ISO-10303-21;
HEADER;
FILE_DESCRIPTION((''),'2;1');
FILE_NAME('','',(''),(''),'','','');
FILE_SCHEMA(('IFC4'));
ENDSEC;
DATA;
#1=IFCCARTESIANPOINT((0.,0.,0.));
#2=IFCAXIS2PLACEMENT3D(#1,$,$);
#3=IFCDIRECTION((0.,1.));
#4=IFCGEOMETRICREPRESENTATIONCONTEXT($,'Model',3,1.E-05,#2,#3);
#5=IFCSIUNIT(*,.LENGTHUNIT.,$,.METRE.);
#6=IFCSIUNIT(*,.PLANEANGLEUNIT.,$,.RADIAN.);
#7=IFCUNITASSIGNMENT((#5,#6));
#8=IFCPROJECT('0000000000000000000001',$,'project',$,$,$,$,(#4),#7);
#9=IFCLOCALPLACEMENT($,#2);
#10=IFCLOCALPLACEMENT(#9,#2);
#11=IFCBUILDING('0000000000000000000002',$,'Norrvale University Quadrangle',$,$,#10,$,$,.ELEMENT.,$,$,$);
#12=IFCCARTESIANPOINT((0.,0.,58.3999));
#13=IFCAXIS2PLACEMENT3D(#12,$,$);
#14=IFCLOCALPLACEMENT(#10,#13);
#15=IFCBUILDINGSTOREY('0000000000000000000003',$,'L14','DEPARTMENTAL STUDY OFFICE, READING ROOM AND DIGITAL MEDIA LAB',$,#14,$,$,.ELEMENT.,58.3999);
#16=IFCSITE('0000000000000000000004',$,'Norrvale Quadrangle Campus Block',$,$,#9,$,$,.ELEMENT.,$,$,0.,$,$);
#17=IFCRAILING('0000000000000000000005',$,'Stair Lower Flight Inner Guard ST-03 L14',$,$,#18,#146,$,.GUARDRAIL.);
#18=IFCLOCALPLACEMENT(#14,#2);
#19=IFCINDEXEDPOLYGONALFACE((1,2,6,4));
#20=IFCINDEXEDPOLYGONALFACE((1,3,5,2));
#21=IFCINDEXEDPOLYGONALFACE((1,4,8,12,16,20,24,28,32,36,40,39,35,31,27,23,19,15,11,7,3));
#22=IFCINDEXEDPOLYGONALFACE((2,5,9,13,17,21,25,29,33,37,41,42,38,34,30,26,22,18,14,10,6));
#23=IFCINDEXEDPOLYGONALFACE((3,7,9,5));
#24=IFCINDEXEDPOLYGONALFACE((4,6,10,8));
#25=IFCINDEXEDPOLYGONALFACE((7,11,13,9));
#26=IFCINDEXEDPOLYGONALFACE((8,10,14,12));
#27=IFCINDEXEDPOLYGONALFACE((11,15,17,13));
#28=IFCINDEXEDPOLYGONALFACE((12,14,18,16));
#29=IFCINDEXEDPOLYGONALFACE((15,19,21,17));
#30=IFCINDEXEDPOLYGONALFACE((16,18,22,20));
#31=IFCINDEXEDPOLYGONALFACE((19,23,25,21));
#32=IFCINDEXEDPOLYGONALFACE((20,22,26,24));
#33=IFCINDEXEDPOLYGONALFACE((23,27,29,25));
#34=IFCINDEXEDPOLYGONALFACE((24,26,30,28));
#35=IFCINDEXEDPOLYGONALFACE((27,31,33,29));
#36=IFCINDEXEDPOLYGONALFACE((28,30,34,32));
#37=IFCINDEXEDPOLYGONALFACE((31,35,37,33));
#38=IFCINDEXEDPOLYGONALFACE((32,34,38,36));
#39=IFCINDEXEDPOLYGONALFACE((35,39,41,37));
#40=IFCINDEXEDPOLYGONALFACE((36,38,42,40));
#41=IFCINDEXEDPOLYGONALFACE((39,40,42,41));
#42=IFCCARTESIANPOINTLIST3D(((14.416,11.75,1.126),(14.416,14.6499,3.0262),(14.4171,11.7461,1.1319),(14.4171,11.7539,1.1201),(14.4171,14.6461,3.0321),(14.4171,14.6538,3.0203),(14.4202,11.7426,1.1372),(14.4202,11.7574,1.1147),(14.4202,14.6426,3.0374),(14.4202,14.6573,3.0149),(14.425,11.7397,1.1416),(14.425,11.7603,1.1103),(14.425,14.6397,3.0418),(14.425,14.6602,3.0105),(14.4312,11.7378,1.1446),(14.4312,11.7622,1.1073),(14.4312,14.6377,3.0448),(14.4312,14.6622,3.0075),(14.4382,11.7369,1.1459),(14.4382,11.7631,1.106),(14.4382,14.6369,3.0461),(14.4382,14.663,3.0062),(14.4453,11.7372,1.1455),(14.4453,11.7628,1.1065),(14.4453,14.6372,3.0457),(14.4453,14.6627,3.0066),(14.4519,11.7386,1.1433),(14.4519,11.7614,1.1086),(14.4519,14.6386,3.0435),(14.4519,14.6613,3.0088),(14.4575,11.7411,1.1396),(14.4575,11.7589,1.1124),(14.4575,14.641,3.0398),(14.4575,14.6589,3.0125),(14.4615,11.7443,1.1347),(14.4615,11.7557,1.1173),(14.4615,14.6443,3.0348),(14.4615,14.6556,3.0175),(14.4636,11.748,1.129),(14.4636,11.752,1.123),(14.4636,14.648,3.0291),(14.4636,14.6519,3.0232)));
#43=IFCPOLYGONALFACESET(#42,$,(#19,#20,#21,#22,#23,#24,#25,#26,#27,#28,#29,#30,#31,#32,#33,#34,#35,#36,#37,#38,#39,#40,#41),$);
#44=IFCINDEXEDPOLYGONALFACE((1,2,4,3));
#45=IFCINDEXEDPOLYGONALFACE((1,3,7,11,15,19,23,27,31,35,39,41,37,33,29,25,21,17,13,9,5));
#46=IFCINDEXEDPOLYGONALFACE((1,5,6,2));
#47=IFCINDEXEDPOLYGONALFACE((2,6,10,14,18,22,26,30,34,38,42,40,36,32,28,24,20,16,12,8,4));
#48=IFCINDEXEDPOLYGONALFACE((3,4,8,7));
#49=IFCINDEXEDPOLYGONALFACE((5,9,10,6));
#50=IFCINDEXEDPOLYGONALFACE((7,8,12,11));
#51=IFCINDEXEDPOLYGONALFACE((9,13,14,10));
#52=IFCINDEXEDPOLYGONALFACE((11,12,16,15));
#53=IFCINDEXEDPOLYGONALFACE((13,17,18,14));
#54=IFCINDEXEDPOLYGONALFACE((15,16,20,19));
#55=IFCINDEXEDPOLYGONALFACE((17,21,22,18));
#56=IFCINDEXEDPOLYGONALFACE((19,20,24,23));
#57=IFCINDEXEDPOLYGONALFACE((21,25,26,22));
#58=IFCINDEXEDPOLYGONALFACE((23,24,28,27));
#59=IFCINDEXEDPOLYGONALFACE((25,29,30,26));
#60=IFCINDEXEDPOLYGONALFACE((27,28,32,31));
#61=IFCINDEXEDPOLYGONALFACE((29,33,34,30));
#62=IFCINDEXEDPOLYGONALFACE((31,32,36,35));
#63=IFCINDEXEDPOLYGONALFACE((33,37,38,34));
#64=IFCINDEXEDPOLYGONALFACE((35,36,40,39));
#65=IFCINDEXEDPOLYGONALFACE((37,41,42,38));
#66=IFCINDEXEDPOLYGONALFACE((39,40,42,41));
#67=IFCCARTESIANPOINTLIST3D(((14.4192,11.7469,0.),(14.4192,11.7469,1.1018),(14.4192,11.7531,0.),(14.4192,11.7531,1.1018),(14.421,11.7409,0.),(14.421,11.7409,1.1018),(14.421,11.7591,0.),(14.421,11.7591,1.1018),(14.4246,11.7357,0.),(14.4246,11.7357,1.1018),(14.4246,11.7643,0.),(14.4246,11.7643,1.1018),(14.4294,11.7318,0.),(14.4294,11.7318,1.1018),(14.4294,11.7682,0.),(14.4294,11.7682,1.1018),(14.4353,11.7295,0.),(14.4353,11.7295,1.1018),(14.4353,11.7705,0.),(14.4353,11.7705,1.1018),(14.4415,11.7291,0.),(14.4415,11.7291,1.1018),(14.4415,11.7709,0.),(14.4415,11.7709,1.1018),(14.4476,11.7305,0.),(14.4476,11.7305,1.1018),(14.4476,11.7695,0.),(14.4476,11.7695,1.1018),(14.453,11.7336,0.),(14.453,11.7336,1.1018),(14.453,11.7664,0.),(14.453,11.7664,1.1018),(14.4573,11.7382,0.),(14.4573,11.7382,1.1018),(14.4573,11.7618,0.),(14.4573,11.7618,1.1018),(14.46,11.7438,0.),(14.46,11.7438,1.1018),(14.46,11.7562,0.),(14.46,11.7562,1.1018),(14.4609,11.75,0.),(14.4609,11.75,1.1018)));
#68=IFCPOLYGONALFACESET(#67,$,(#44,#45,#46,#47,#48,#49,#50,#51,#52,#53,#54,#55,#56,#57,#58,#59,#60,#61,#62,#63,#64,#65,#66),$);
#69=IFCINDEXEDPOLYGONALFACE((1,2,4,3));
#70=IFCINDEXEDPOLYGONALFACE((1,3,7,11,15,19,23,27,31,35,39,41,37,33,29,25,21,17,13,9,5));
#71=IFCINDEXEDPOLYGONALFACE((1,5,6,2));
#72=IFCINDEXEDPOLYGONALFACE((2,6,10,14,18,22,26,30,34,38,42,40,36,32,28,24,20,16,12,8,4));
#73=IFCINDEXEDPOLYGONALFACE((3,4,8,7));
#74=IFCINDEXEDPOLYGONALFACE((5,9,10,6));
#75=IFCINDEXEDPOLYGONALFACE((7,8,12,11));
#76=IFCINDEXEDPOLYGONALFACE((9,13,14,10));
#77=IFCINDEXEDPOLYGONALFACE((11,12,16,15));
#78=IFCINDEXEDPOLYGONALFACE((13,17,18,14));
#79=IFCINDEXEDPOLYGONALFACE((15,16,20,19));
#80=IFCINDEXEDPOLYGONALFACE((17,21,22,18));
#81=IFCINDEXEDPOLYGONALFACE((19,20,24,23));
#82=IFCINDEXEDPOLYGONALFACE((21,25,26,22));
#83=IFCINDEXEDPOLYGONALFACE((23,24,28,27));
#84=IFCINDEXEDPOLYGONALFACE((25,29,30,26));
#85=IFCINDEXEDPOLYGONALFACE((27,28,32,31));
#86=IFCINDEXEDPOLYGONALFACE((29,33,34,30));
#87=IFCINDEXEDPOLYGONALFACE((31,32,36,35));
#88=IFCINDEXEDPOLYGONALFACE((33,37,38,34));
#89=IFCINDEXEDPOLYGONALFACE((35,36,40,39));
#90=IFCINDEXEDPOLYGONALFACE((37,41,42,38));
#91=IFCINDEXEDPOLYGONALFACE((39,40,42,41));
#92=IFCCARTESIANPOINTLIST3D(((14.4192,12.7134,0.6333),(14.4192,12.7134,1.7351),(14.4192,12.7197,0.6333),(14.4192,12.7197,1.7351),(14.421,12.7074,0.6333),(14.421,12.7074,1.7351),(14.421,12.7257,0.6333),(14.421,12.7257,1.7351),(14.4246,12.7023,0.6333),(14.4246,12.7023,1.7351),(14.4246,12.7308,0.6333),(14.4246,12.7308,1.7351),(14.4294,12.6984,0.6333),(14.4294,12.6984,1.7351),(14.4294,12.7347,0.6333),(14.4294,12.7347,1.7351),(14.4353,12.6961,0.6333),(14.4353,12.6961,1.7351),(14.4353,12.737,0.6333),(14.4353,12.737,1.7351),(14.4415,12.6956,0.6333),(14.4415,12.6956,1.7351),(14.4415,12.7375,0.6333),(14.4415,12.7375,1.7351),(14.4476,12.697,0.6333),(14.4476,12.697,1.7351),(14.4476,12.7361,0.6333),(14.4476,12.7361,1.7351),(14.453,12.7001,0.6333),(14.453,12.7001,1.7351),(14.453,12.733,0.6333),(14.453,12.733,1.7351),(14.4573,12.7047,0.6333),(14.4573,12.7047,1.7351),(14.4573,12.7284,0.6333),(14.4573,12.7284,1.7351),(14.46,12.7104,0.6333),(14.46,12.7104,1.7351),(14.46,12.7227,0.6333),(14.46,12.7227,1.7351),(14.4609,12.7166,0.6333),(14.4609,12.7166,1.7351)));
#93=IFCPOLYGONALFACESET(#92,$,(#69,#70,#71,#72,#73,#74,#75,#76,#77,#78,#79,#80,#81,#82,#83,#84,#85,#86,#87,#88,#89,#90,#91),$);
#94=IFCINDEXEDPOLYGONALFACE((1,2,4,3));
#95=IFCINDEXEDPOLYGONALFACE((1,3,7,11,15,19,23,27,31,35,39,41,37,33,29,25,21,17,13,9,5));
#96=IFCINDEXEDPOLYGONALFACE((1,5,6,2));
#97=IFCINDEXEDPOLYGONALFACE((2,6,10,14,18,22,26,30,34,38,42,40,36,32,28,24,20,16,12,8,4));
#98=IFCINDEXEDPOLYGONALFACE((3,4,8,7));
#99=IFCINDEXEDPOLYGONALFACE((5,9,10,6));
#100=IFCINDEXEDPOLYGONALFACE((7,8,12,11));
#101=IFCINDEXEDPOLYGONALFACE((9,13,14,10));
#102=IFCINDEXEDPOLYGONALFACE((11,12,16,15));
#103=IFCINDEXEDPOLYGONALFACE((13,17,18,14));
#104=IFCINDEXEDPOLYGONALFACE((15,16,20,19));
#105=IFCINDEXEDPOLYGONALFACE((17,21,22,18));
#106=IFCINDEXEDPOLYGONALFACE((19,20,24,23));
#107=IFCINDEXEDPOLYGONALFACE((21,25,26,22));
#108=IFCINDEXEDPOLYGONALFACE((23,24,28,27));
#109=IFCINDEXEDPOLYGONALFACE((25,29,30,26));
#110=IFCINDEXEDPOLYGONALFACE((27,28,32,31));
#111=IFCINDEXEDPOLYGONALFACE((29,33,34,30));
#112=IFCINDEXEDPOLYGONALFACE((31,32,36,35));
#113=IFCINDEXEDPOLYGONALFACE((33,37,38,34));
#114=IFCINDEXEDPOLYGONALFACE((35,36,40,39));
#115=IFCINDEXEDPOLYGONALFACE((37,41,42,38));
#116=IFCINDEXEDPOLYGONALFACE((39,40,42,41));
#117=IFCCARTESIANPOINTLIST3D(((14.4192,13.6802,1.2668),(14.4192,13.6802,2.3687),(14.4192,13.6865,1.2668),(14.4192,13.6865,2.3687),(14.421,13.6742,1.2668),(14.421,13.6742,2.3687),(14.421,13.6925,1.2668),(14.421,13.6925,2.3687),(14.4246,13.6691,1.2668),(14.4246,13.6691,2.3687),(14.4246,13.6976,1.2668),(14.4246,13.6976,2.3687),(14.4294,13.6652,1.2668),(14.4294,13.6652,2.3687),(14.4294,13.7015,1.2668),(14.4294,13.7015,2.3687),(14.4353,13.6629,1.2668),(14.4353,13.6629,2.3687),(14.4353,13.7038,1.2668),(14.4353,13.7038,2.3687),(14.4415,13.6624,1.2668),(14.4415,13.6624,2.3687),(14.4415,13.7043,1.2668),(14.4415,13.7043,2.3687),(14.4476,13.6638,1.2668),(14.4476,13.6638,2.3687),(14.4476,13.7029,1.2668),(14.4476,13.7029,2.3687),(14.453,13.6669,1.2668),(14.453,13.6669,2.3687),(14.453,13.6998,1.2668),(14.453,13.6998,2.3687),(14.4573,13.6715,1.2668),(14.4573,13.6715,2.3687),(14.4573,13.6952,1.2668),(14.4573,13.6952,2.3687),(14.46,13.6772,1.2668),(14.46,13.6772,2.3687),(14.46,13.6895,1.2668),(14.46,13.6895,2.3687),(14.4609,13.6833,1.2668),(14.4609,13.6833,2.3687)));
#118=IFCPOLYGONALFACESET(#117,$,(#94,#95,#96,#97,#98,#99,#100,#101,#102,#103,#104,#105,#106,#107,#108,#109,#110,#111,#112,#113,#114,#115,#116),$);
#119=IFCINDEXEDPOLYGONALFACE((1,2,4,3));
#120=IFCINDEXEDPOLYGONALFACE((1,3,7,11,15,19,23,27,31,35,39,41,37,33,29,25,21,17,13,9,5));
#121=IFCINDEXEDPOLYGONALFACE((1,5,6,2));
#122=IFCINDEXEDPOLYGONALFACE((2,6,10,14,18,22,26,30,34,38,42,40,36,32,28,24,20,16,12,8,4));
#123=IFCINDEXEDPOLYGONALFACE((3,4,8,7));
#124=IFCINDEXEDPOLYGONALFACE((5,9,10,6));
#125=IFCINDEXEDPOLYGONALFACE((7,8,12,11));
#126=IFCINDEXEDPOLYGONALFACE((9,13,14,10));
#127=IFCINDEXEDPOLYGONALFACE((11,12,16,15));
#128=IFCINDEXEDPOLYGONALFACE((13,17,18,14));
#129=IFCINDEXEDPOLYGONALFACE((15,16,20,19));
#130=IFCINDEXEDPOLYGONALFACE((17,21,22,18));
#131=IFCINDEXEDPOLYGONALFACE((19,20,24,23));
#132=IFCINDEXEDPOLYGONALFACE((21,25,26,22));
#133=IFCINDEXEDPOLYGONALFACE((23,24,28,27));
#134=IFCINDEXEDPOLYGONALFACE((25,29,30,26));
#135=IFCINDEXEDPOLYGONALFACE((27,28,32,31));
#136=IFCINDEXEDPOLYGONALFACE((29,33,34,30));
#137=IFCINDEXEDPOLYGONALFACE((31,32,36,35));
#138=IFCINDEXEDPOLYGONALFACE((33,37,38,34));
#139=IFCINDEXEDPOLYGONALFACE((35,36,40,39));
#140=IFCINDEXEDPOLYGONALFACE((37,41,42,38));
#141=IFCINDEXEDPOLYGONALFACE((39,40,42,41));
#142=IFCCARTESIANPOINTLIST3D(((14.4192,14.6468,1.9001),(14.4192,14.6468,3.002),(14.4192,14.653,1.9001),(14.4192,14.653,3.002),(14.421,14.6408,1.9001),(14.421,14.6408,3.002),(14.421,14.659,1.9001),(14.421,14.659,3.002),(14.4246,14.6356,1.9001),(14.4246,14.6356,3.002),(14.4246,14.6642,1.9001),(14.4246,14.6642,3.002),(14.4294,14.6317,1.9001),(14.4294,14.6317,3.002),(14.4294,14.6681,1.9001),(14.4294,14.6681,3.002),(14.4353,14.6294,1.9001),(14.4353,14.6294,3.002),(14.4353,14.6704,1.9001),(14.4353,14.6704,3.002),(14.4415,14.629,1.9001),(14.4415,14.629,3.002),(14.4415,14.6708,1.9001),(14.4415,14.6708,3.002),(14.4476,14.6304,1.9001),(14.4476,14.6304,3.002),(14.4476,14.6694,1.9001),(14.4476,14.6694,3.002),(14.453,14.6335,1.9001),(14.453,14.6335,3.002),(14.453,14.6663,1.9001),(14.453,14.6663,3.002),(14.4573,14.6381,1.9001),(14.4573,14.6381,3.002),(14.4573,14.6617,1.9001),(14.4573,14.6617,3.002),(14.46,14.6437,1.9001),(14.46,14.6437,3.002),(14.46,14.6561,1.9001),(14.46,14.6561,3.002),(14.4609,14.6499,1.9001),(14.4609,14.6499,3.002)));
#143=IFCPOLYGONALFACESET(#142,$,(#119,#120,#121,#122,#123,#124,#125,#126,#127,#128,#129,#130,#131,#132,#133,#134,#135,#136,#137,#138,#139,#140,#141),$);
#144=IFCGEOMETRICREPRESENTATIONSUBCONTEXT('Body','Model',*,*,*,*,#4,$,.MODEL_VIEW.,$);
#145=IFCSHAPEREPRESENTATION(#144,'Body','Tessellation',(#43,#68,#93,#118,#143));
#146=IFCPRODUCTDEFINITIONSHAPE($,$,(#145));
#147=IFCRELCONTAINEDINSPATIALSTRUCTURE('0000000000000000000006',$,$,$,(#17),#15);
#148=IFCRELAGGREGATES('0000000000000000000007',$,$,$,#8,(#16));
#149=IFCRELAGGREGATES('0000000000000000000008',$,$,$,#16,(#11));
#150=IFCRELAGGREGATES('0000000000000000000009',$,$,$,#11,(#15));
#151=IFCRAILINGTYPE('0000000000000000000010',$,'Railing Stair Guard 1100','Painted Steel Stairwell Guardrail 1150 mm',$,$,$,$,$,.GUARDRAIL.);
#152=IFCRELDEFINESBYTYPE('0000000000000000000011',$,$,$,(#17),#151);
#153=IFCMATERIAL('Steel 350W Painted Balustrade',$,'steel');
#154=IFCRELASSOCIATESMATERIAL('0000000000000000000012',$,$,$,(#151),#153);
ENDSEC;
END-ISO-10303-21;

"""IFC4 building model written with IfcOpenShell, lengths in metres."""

from ifc_helpers import new_model, si_unit, direction, frame, origin, origin_2d, place, context, subcontext, project, spatial, circle, extrude, material, type_object, element, save


model = new_model("IFC4")

# Units and contexts
model_context = context("Model", 3, precision=1e-05, world=origin(), true_north=direction((0.0, 1.0)))
body_context = subcontext(model_context, "Body", "Model", "MODEL_VIEW")
ifc_project = project(units=[si_unit("LENGTHUNIT", "METRE"), si_unit("PLANEANGLEUNIT", "RADIAN")], contexts=[model_context])

# Site, building, storey
site_placement = place(None, origin())
site = spatial("IfcSite", under=ifc_project, at=site_placement, Name="Norrvale Quadrangle Campus Block", CompositionType="ELEMENT", RefElevation=0.0)
building_placement = place(site_placement, origin())
building = spatial("IfcBuilding", under=site, at=building_placement, Name="Norrvale University Quadrangle", CompositionType="ELEMENT")
storey_placement = place(building_placement, frame((0.0, 0.0, 58.3999)))
storey = spatial("IfcBuildingStorey", under=building, at=storey_placement, Name="L14", Description="DEPARTMENTAL STUDY OFFICE, READING ROOM AND DIGITAL MEDIA LAB", CompositionType="ELEMENT", Elevation=58.3999)

# Railing
ifc_material_1 = material(Name="Steel 350W Painted Balustrade", Category="steel")
railing_type_1 = type_object("IfcRailingType", Name="Railing Stair Guard 1100", Description="Painted Steel Stairwell Guardrail 1150 mm", PredefinedType="GUARDRAIL", material=ifc_material_1)
railing_1_placement = place(storey_placement, frame((14.4399, 11.75, 0.0)))
element("IfcRailing", 1, at=railing_1_placement, inside=storey, type_object=railing_type_1, Name="Stair Lower Flight Inner Guard ST-03 L14", PredefinedType="GUARDRAIL", context=body_context, shape_type="SweptSolid", body=[
    extrude(circle(Radius=0.0239, at=origin_2d()), frame((0.0, 0.0, 1.126), z_axis=(0.0, 0.836433, 0.548069), x_axis=(-1.0, 0.0, 0.0)), (0.0, 0.0, 1.0), 3.467),
    extrude(circle(Radius=0.021, at=origin_2d()), origin(), (0.0, 0.0, 1.0), 1.1018),
    extrude(circle(Radius=0.021, at=origin_2d()), frame((0.0, 0.9666, 0.6333)), (0.0, 0.0, 1.0), 1.1018),
    extrude(circle(Radius=0.021, at=origin_2d()), frame((0.0, 1.9333, 1.2668)), (0.0, 0.0, 1.0), 1.1018),
    extrude(circle(Radius=0.021, at=origin_2d()), frame((0.0, 2.8999, 1.9001)), (0.0, 0.0, 1.0), 1.1018),
])

save(model, "model.ifc")
